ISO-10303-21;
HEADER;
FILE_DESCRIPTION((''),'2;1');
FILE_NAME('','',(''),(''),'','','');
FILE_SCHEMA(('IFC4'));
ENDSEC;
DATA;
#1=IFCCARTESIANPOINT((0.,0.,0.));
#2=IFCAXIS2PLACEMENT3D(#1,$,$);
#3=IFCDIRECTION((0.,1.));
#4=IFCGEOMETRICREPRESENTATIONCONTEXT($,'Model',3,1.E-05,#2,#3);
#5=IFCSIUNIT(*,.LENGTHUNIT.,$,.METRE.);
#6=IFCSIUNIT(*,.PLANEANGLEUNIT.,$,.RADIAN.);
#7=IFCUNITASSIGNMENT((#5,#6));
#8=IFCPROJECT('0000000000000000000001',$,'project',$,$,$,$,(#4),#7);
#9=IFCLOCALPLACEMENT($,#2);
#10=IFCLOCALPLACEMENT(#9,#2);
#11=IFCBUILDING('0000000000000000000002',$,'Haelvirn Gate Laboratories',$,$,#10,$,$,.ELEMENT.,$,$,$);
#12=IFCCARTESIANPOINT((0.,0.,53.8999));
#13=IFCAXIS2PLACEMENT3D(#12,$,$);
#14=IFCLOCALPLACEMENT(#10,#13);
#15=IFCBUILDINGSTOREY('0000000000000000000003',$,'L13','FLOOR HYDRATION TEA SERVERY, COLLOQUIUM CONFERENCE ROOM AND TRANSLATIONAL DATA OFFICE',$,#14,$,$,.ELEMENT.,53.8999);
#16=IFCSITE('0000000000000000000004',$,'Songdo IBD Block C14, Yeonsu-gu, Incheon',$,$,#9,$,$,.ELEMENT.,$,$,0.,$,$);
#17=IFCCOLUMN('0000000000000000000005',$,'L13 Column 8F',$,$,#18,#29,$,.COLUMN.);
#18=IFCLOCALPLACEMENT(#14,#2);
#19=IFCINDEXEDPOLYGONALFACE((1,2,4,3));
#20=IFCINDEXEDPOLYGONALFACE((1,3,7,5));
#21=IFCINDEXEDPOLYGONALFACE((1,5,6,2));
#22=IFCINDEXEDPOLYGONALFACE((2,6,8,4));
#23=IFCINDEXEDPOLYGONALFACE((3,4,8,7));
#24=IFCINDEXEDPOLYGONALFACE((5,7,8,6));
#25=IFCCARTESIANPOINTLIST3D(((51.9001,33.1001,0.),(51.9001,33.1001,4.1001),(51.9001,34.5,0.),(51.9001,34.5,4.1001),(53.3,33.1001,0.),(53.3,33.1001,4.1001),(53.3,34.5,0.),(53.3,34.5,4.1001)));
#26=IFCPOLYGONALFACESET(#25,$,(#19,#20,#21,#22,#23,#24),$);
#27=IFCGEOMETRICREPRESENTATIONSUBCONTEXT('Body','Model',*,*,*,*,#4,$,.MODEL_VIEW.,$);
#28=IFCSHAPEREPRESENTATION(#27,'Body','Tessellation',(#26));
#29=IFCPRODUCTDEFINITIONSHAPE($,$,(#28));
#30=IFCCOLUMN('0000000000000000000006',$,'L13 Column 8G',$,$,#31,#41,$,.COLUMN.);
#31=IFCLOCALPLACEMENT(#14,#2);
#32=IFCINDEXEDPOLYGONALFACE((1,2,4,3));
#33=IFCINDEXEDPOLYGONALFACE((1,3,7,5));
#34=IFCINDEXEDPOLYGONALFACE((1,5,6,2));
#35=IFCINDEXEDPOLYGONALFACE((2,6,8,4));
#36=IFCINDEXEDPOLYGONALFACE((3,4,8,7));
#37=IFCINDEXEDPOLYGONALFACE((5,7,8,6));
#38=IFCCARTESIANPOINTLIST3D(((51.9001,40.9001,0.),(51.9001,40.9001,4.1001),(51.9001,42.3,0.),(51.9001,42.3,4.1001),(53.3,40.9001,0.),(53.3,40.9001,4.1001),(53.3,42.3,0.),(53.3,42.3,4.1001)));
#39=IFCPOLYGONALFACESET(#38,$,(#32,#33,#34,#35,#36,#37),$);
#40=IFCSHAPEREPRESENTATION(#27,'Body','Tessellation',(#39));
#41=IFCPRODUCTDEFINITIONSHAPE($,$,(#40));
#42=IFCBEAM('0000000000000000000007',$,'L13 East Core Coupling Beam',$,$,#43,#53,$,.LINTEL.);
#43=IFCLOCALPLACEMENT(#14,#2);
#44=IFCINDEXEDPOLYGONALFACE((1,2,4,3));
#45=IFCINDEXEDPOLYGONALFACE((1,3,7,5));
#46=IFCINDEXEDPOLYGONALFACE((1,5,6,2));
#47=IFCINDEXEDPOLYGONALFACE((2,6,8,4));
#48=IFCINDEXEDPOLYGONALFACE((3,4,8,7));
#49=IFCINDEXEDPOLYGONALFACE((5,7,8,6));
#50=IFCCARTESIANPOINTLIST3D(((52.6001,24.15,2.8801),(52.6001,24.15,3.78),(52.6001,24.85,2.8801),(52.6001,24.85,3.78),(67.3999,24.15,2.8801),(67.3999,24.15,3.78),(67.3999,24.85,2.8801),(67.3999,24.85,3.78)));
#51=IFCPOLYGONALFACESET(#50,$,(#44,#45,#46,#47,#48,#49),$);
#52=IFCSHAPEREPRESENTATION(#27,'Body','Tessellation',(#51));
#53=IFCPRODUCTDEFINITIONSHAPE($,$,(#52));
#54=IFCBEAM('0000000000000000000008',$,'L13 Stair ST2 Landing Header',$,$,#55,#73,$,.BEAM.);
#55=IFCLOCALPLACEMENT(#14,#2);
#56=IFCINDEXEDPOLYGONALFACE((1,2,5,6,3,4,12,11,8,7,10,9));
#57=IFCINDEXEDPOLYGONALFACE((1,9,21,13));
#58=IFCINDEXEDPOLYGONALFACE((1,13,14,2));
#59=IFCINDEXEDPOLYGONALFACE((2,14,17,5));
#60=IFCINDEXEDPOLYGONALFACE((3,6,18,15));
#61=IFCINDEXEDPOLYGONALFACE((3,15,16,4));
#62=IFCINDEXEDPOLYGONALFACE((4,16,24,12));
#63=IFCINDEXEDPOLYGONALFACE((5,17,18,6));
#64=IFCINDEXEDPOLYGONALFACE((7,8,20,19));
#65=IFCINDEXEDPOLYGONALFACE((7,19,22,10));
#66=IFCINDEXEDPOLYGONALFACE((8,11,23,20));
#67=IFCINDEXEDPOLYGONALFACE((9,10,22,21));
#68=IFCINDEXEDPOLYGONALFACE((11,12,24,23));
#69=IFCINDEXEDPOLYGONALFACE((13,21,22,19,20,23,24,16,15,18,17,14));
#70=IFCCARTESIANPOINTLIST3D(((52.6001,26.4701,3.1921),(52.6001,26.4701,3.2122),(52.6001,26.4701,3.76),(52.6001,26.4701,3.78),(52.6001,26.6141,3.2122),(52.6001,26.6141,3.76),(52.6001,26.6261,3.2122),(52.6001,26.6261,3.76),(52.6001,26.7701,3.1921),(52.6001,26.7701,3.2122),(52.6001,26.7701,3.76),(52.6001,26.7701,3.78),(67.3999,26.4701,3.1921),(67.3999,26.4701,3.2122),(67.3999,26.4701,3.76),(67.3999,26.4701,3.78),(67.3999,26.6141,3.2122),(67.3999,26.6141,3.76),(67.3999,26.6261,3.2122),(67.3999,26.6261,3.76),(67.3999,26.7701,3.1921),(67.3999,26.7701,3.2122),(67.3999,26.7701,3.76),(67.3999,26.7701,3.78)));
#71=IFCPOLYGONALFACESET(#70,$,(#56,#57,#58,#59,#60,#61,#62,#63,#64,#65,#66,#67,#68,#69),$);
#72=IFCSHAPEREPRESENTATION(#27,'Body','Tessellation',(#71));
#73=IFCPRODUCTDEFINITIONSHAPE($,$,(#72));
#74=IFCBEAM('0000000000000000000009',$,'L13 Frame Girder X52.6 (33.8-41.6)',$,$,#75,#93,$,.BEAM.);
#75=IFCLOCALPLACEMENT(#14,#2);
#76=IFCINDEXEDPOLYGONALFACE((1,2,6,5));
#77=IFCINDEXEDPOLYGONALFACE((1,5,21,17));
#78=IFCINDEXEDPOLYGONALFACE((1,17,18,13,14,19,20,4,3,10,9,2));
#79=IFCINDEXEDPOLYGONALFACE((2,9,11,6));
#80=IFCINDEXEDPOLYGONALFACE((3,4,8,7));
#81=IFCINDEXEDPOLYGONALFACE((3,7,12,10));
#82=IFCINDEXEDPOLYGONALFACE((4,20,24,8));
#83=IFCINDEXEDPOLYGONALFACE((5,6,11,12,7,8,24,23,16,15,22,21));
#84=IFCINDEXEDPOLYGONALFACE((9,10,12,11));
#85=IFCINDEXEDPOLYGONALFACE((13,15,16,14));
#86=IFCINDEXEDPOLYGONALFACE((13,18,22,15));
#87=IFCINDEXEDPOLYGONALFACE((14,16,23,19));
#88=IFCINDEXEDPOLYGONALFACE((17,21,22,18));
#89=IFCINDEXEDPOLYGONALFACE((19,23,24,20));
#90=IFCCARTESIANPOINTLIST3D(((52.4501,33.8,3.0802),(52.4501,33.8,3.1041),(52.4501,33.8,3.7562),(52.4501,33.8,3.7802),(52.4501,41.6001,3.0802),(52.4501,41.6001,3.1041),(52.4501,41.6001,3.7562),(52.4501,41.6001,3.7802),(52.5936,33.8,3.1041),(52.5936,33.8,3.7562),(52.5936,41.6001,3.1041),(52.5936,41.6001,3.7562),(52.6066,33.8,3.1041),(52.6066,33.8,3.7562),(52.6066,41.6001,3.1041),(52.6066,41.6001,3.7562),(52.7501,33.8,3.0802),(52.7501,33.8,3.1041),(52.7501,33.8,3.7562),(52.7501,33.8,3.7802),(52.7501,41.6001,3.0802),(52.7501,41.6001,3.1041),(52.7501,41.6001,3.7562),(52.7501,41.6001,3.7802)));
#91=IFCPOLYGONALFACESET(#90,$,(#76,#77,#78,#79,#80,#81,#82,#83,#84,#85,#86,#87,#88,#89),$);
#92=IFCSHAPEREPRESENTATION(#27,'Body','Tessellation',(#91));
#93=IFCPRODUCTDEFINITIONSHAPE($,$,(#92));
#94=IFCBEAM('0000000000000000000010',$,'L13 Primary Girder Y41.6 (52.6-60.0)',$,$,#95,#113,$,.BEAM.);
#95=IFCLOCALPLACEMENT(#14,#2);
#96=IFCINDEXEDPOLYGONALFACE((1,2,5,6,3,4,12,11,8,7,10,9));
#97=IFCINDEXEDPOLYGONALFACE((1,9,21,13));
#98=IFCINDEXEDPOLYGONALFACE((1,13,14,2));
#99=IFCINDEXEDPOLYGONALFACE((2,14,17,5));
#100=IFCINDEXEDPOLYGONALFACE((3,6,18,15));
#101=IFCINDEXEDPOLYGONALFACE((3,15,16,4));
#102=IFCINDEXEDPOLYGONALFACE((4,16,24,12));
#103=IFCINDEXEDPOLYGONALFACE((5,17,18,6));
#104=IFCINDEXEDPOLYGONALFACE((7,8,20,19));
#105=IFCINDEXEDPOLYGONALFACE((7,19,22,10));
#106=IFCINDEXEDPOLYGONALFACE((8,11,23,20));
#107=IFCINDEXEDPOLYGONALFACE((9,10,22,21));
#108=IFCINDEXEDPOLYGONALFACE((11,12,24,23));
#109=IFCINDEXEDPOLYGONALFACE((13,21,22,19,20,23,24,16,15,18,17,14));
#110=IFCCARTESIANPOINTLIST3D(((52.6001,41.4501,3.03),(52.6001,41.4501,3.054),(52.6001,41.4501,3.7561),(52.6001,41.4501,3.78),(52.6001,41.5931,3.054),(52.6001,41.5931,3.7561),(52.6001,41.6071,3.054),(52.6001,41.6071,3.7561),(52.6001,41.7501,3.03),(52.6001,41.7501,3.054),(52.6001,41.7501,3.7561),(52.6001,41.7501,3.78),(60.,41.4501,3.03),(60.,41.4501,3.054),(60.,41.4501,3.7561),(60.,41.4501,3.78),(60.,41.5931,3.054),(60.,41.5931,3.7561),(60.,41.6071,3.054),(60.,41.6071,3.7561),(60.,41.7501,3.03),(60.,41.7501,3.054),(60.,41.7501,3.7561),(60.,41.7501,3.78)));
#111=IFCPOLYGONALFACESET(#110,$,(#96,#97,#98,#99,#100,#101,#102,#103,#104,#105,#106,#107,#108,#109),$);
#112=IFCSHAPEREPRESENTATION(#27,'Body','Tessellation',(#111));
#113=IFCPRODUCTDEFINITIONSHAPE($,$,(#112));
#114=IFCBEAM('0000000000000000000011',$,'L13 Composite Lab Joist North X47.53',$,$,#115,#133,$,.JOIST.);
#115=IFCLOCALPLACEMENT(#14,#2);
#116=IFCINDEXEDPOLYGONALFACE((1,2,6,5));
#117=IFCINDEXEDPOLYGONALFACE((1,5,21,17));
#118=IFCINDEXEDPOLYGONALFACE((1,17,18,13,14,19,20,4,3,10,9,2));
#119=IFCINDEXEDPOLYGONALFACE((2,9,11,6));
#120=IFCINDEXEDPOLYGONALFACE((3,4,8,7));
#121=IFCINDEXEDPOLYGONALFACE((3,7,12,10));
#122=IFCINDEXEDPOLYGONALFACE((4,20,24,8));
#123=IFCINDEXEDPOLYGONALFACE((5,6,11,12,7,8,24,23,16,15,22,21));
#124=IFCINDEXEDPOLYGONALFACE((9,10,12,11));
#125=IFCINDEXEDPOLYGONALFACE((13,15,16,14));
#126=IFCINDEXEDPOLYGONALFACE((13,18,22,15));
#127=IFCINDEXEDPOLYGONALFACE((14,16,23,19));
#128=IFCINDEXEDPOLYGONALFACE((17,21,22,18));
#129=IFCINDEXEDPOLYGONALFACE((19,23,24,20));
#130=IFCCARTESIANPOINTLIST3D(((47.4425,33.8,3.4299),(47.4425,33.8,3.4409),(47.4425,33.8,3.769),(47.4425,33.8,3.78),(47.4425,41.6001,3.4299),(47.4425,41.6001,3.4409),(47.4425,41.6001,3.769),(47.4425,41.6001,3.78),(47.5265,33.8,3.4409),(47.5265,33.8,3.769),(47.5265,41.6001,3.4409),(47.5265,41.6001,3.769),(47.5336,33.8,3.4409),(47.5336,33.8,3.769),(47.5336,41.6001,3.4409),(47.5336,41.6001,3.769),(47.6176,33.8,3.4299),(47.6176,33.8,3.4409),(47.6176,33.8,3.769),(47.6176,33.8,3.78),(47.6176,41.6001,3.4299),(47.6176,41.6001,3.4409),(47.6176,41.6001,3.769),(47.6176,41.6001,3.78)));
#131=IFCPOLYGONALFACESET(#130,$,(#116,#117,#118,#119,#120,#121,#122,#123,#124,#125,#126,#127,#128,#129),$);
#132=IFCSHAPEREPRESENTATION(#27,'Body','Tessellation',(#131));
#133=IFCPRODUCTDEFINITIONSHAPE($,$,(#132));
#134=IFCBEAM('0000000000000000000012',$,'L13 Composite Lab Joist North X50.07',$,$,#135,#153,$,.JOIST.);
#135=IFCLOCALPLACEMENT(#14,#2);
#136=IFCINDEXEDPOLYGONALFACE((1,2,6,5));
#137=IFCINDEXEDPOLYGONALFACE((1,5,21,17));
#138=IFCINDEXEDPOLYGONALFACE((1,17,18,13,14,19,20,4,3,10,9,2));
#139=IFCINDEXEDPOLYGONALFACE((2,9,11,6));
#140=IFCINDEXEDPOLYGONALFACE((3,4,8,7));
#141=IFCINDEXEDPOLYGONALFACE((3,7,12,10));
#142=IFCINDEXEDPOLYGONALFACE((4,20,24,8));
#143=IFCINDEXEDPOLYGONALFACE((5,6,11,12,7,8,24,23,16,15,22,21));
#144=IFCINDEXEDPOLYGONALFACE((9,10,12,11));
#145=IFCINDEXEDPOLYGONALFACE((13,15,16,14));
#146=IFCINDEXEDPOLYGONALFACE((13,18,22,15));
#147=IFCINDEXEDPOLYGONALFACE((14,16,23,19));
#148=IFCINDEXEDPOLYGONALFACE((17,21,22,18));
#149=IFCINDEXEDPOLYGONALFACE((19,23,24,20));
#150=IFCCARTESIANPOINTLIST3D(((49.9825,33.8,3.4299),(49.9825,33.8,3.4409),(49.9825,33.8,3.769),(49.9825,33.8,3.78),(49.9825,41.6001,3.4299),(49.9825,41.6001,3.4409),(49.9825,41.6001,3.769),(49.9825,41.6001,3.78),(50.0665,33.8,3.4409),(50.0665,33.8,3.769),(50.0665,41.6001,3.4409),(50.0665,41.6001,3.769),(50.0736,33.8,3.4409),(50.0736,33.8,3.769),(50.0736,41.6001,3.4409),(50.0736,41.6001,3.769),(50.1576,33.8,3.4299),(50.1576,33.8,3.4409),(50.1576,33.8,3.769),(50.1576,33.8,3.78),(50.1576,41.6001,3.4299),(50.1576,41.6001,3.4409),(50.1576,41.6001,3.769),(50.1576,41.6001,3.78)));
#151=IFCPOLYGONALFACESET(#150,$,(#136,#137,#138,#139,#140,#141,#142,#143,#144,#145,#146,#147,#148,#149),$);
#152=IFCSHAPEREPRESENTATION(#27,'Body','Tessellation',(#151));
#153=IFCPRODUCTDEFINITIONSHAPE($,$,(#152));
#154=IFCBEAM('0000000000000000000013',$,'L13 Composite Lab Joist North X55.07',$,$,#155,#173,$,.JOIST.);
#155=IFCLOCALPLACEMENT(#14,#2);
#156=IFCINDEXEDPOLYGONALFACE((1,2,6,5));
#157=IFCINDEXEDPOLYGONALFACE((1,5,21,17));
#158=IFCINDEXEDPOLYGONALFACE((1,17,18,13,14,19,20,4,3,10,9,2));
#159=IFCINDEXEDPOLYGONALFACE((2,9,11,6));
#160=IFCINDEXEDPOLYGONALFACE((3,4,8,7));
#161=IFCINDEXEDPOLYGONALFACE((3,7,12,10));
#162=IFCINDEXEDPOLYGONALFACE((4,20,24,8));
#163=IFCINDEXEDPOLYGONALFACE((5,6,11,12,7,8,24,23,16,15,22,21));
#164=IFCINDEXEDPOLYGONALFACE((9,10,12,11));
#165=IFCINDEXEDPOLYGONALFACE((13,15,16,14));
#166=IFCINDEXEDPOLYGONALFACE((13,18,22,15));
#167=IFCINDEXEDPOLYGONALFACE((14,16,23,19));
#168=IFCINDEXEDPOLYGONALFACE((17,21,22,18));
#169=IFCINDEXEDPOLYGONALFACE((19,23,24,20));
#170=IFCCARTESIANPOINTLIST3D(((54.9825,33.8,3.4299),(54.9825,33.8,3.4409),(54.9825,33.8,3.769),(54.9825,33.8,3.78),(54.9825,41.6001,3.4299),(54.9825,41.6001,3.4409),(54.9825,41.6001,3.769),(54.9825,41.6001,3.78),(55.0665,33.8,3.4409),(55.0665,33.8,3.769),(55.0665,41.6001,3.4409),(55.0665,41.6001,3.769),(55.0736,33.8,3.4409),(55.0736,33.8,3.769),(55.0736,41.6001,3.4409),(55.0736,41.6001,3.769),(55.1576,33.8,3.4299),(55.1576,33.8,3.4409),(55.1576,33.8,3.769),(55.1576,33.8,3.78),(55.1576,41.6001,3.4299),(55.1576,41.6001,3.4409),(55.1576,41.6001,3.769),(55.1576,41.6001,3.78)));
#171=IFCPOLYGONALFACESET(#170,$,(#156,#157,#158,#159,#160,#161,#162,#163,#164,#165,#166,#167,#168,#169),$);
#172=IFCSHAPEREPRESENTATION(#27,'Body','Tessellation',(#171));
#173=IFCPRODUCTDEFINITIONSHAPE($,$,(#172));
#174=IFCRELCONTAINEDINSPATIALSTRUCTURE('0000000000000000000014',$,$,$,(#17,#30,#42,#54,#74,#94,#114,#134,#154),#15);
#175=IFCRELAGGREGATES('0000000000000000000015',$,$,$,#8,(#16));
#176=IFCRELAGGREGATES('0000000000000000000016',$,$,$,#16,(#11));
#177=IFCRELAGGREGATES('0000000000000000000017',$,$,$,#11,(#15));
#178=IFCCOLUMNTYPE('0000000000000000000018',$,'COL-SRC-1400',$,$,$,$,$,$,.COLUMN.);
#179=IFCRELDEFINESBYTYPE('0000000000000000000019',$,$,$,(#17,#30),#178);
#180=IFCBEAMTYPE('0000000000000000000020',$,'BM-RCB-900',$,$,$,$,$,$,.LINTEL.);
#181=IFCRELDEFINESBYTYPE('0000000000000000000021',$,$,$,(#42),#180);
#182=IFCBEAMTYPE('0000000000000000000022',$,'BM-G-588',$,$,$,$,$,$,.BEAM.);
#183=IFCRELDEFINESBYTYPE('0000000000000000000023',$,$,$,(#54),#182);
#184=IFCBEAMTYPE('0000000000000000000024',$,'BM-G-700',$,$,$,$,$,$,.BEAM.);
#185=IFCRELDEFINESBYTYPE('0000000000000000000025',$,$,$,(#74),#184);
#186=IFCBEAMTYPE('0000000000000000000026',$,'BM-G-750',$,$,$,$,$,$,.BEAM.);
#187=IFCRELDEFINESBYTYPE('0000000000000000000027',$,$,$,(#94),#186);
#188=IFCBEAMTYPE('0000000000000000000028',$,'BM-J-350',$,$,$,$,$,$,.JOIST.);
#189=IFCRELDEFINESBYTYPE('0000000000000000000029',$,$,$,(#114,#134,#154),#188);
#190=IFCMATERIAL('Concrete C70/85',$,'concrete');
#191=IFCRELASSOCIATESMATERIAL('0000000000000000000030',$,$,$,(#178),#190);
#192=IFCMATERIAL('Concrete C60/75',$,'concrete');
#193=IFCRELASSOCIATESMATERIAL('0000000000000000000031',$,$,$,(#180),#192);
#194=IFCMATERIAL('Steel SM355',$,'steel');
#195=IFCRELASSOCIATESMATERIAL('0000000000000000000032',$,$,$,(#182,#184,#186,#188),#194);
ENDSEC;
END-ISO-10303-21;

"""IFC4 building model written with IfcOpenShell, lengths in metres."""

from ifc_helpers import new_model, si_unit, direction, frame, origin, origin_2d, place, context, subcontext, project, spatial, rectangle, i_section, extrude, source, transform, mapped, material, material_profile, profile_set, type_object, type_shapes, element, save


model = new_model("IFC4")

# Units and contexts
model_context = context("Model", 3, precision=1e-05, world=origin(), true_north=direction((0.0, 1.0)))
body_context = subcontext(model_context, "Body", "Model", "MODEL_VIEW")
ifc_project = project(units=[si_unit("LENGTHUNIT", "METRE"), si_unit("PLANEANGLEUNIT", "RADIAN")], contexts=[model_context])

# Site, building, storey
site_placement = place(None, origin())
site = spatial("IfcSite", under=ifc_project, at=site_placement, Name="Songdo IBD Block C14, Yeonsu-gu, Incheon", CompositionType="ELEMENT", RefElevation=0.0)
building_placement = place(site_placement, origin())
building = spatial("IfcBuilding", under=site, at=building_placement, Name="Haelvirn Gate Laboratories", CompositionType="ELEMENT")
storey_placement = place(building_placement, frame((0.0, 0.0, 53.8999)))
storey = spatial("IfcBuildingStorey", under=building, at=storey_placement, Name="L13", Description="FLOOR HYDRATION TEA SERVERY, COLLOQUIUM CONFERENCE ROOM AND TRANSLATIONAL DATA OFFICE", CompositionType="ELEMENT", Elevation=53.8999)

# Columns
ifc_material_1 = material(Name="Concrete C70/85", Category="concrete")
ifc_material_profile_1 = material_profile(ifc_material_1, rectangle(XDim=1.3999, YDim=1.3999, at=origin_2d()), Name="SRC-1400x1400")
ifc_profile_set_1 = profile_set([ifc_material_profile_1], Name="Concrete C70/85")
column_type = type_object("IfcColumnType", Name="COL-SRC-1400", PredefinedType="COLUMN", material=ifc_profile_set_1)
shared_shape_1 = source(origin(), body_context, "Body", "SweptSolid", [
    extrude(rectangle(XDim=1.3999, YDim=1.3999, at=origin_2d()), origin(), (0.0, 0.0, 1.0), 4.1001),
])
type_shapes(column_type, [shared_shape_1])
for number, where, z_axis, x_axis, name in (
    (1, (52.6001, 33.8, 0.0), (0.0, 0.0, 1.0), (1.0, 0.0, 0.0), "L13 Column 8F"),
    (2, (52.6001, 41.6001, 0.0), (0.0, 0.0, 1.0), (1.0, 0.0, 0.0), "L13 Column 8G"),
):
    element("IfcColumn", number, at=place(storey_placement, frame(where, z_axis=z_axis, x_axis=x_axis)), inside=storey, type_object=column_type, Name=name, PredefinedType="COLUMN", context=body_context, shape_type="MappedRepresentation", body=[
        mapped(shared_shape_1, transform((0.0, 0.0, 0.0), scale=1.0)),
    ])

# Beams
ifc_material_2 = material(Name="Concrete C60/75", Category="concrete")
ifc_material_profile_2 = material_profile(ifc_material_2, rectangle(XDim=0.7, YDim=0.8999, at=origin_2d()), Name="RCB-700x900")
ifc_profile_set_2 = profile_set([ifc_material_profile_2], Name="Concrete C60/75")
beam_type_1 = type_object("IfcBeamType", Name="BM-RCB-900", PredefinedType="LINTEL", material=ifc_profile_set_2)
shared_shape_2 = source(origin(), body_context, "Body", "SweptSolid", [
    extrude(rectangle(XDim=0.7, YDim=0.8999, at=origin_2d()), origin(), (0.0, 0.0, 1.0), 14.7998),
])
type_shapes(beam_type_1, [shared_shape_2])
beam_1_placement = place(storey_placement, frame((52.6001, 24.5, 3.3301), z_axis=(1.0, 0.0, 0.0), x_axis=(0.0, 1.0, 0.0)))
element("IfcBeam", 3, at=beam_1_placement, inside=storey, type_object=beam_type_1, Name="L13 East Core Coupling Beam", PredefinedType="LINTEL", context=body_context, shape_type="MappedRepresentation", body=[
    mapped(shared_shape_2, transform((0.0, 0.0, 0.0), scale=1.0)),
])
ifc_material_3 = material(Name="Steel SM355", Category="steel")
ifc_material_profile_3 = material_profile(ifc_material_3, i_section(OverallWidth=0.3, OverallDepth=0.5879, WebThickness=0.012, FlangeThickness=0.02, at=origin_2d()), Name="H-588x300x12x20")
ifc_profile_set_3 = profile_set([ifc_material_profile_3], Name="Steel SM355")
beam_type_2 = type_object("IfcBeamType", Name="BM-G-588", PredefinedType="BEAM", material=ifc_profile_set_3)
shared_shape_3 = source(origin(), body_context, "Body", "SweptSolid", [
    extrude(i_section(OverallWidth=0.3, OverallDepth=0.5879, WebThickness=0.012, FlangeThickness=0.02, at=origin_2d()), origin(), (0.0, 0.0, 1.0), 14.7998),
])
type_shapes(beam_type_2, [shared_shape_3])
beam_2_placement = place(storey_placement, frame((52.6001, 26.6201, 3.4861), z_axis=(1.0, 0.0, 0.0), x_axis=(0.0, 1.0, 0.0)))
element("IfcBeam", 4, at=beam_2_placement, inside=storey, type_object=beam_type_2, Name="L13 Stair ST2 Landing Header", PredefinedType="BEAM", context=body_context, shape_type="MappedRepresentation", body=[
    mapped(shared_shape_3, transform((0.0, 0.0, 0.0), scale=1.0)),
])
ifc_material_profile_4 = material_profile(ifc_material_3, i_section(OverallWidth=0.3, OverallDepth=0.7, WebThickness=0.0129, FlangeThickness=0.0239, at=origin_2d()), Name="H-700x300x13x24")
ifc_profile_set_4 = profile_set([ifc_material_profile_4], Name="Steel SM355")
beam_type_3 = type_object("IfcBeamType", Name="BM-G-700", PredefinedType="BEAM", material=ifc_profile_set_4)
shared_shape_4 = source(origin(), body_context, "Body", "SweptSolid", [
    extrude(i_section(OverallWidth=0.3, OverallDepth=0.7, WebThickness=0.0129, FlangeThickness=0.0239, at=origin_2d()), origin(), (0.0, 0.0, 1.0), 7.8),
])
type_shapes(beam_type_3, [shared_shape_4])
beam_3_placement = place(storey_placement, frame((52.6001, 33.8, 3.4302), z_axis=(0.0, 1.0, 0.0), x_axis=(-1.0, 0.0, 0.0)))
element("IfcBeam", 5, at=beam_3_placement, inside=storey, type_object=beam_type_3, Name="L13 Frame Girder X52.6 (33.8-41.6)", PredefinedType="BEAM", context=body_context, shape_type="MappedRepresentation", body=[
    mapped(shared_shape_4, transform((0.0, 0.0, 0.0), scale=1.0)),
])
ifc_material_profile_5 = material_profile(ifc_material_3, i_section(OverallWidth=0.3, OverallDepth=0.75, WebThickness=0.0139, FlangeThickness=0.0239, at=origin_2d()), Name="H-750x300x14x24")
ifc_profile_set_5 = profile_set([ifc_material_profile_5], Name="Steel SM355")
beam_type_4 = type_object("IfcBeamType", Name="BM-G-750", PredefinedType="BEAM", material=ifc_profile_set_5)
shared_shape_5 = source(origin(), body_context, "Body", "SweptSolid", [
    extrude(i_section(OverallWidth=0.3, OverallDepth=0.75, WebThickness=0.0139, FlangeThickness=0.0239, at=origin_2d()), origin(), (0.0, 0.0, 1.0), 7.3999),
])
type_shapes(beam_type_4, [shared_shape_5])
beam_4_placement = place(storey_placement, frame((52.6001, 41.6001, 3.405), z_axis=(1.0, 0.0, 0.0), x_axis=(0.0, 1.0, 0.0)))
element("IfcBeam", 6, at=beam_4_placement, inside=storey, type_object=beam_type_4, Name="L13 Primary Girder Y41.6 (52.6-60.0)", PredefinedType="BEAM", context=body_context, shape_type="MappedRepresentation", body=[
    mapped(shared_shape_5, transform((0.0, 0.0, 0.0), scale=1.0)),
])
ifc_material_profile_6 = material_profile(ifc_material_3, i_section(OverallWidth=0.175, OverallDepth=0.3501, WebThickness=0.0071, FlangeThickness=0.011, at=origin_2d()), Name="H-350x175x7x11")
ifc_profile_set_6 = profile_set([ifc_material_profile_6], Name="Steel SM355")
beam_type_5 = type_object("IfcBeamType", Name="BM-J-350", PredefinedType="JOIST", material=ifc_profile_set_6)
shared_shape_6 = source(origin(), body_context, "Body", "SweptSolid", [
    extrude(i_section(OverallWidth=0.175, OverallDepth=0.3501, WebThickness=0.0071, FlangeThickness=0.011, at=origin_2d()), origin(), (0.0, 0.0, 1.0), 7.8),
])
type_shapes(beam_type_5, [shared_shape_6])
for number, where, z_axis, x_axis, name in (
    (7, (47.53, 33.8, 3.605), (0.0, 1.0, 0.0), (-1.0, 0.0, 0.0), "L13 Composite Lab Joist North X47.53"),
    (8, (50.0701, 33.8, 3.605), (0.0, 1.0, 0.0), (-1.0, 0.0, 0.0), "L13 Composite Lab Joist North X50.07"),
    (9, (55.0701, 33.8, 3.605), (0.0, 1.0, 0.0), (-1.0, 0.0, 0.0), "L13 Composite Lab Joist North X55.07"),
):
    element("IfcBeam", number, at=place(storey_placement, frame(where, z_axis=z_axis, x_axis=x_axis)), inside=storey, type_object=beam_type_5, Name=name, PredefinedType="JOIST", context=body_context, shape_type="MappedRepresentation", body=[
        mapped(shared_shape_6, transform((0.0, 0.0, 0.0), scale=1.0)),
    ])

save(model, "model.ifc")
